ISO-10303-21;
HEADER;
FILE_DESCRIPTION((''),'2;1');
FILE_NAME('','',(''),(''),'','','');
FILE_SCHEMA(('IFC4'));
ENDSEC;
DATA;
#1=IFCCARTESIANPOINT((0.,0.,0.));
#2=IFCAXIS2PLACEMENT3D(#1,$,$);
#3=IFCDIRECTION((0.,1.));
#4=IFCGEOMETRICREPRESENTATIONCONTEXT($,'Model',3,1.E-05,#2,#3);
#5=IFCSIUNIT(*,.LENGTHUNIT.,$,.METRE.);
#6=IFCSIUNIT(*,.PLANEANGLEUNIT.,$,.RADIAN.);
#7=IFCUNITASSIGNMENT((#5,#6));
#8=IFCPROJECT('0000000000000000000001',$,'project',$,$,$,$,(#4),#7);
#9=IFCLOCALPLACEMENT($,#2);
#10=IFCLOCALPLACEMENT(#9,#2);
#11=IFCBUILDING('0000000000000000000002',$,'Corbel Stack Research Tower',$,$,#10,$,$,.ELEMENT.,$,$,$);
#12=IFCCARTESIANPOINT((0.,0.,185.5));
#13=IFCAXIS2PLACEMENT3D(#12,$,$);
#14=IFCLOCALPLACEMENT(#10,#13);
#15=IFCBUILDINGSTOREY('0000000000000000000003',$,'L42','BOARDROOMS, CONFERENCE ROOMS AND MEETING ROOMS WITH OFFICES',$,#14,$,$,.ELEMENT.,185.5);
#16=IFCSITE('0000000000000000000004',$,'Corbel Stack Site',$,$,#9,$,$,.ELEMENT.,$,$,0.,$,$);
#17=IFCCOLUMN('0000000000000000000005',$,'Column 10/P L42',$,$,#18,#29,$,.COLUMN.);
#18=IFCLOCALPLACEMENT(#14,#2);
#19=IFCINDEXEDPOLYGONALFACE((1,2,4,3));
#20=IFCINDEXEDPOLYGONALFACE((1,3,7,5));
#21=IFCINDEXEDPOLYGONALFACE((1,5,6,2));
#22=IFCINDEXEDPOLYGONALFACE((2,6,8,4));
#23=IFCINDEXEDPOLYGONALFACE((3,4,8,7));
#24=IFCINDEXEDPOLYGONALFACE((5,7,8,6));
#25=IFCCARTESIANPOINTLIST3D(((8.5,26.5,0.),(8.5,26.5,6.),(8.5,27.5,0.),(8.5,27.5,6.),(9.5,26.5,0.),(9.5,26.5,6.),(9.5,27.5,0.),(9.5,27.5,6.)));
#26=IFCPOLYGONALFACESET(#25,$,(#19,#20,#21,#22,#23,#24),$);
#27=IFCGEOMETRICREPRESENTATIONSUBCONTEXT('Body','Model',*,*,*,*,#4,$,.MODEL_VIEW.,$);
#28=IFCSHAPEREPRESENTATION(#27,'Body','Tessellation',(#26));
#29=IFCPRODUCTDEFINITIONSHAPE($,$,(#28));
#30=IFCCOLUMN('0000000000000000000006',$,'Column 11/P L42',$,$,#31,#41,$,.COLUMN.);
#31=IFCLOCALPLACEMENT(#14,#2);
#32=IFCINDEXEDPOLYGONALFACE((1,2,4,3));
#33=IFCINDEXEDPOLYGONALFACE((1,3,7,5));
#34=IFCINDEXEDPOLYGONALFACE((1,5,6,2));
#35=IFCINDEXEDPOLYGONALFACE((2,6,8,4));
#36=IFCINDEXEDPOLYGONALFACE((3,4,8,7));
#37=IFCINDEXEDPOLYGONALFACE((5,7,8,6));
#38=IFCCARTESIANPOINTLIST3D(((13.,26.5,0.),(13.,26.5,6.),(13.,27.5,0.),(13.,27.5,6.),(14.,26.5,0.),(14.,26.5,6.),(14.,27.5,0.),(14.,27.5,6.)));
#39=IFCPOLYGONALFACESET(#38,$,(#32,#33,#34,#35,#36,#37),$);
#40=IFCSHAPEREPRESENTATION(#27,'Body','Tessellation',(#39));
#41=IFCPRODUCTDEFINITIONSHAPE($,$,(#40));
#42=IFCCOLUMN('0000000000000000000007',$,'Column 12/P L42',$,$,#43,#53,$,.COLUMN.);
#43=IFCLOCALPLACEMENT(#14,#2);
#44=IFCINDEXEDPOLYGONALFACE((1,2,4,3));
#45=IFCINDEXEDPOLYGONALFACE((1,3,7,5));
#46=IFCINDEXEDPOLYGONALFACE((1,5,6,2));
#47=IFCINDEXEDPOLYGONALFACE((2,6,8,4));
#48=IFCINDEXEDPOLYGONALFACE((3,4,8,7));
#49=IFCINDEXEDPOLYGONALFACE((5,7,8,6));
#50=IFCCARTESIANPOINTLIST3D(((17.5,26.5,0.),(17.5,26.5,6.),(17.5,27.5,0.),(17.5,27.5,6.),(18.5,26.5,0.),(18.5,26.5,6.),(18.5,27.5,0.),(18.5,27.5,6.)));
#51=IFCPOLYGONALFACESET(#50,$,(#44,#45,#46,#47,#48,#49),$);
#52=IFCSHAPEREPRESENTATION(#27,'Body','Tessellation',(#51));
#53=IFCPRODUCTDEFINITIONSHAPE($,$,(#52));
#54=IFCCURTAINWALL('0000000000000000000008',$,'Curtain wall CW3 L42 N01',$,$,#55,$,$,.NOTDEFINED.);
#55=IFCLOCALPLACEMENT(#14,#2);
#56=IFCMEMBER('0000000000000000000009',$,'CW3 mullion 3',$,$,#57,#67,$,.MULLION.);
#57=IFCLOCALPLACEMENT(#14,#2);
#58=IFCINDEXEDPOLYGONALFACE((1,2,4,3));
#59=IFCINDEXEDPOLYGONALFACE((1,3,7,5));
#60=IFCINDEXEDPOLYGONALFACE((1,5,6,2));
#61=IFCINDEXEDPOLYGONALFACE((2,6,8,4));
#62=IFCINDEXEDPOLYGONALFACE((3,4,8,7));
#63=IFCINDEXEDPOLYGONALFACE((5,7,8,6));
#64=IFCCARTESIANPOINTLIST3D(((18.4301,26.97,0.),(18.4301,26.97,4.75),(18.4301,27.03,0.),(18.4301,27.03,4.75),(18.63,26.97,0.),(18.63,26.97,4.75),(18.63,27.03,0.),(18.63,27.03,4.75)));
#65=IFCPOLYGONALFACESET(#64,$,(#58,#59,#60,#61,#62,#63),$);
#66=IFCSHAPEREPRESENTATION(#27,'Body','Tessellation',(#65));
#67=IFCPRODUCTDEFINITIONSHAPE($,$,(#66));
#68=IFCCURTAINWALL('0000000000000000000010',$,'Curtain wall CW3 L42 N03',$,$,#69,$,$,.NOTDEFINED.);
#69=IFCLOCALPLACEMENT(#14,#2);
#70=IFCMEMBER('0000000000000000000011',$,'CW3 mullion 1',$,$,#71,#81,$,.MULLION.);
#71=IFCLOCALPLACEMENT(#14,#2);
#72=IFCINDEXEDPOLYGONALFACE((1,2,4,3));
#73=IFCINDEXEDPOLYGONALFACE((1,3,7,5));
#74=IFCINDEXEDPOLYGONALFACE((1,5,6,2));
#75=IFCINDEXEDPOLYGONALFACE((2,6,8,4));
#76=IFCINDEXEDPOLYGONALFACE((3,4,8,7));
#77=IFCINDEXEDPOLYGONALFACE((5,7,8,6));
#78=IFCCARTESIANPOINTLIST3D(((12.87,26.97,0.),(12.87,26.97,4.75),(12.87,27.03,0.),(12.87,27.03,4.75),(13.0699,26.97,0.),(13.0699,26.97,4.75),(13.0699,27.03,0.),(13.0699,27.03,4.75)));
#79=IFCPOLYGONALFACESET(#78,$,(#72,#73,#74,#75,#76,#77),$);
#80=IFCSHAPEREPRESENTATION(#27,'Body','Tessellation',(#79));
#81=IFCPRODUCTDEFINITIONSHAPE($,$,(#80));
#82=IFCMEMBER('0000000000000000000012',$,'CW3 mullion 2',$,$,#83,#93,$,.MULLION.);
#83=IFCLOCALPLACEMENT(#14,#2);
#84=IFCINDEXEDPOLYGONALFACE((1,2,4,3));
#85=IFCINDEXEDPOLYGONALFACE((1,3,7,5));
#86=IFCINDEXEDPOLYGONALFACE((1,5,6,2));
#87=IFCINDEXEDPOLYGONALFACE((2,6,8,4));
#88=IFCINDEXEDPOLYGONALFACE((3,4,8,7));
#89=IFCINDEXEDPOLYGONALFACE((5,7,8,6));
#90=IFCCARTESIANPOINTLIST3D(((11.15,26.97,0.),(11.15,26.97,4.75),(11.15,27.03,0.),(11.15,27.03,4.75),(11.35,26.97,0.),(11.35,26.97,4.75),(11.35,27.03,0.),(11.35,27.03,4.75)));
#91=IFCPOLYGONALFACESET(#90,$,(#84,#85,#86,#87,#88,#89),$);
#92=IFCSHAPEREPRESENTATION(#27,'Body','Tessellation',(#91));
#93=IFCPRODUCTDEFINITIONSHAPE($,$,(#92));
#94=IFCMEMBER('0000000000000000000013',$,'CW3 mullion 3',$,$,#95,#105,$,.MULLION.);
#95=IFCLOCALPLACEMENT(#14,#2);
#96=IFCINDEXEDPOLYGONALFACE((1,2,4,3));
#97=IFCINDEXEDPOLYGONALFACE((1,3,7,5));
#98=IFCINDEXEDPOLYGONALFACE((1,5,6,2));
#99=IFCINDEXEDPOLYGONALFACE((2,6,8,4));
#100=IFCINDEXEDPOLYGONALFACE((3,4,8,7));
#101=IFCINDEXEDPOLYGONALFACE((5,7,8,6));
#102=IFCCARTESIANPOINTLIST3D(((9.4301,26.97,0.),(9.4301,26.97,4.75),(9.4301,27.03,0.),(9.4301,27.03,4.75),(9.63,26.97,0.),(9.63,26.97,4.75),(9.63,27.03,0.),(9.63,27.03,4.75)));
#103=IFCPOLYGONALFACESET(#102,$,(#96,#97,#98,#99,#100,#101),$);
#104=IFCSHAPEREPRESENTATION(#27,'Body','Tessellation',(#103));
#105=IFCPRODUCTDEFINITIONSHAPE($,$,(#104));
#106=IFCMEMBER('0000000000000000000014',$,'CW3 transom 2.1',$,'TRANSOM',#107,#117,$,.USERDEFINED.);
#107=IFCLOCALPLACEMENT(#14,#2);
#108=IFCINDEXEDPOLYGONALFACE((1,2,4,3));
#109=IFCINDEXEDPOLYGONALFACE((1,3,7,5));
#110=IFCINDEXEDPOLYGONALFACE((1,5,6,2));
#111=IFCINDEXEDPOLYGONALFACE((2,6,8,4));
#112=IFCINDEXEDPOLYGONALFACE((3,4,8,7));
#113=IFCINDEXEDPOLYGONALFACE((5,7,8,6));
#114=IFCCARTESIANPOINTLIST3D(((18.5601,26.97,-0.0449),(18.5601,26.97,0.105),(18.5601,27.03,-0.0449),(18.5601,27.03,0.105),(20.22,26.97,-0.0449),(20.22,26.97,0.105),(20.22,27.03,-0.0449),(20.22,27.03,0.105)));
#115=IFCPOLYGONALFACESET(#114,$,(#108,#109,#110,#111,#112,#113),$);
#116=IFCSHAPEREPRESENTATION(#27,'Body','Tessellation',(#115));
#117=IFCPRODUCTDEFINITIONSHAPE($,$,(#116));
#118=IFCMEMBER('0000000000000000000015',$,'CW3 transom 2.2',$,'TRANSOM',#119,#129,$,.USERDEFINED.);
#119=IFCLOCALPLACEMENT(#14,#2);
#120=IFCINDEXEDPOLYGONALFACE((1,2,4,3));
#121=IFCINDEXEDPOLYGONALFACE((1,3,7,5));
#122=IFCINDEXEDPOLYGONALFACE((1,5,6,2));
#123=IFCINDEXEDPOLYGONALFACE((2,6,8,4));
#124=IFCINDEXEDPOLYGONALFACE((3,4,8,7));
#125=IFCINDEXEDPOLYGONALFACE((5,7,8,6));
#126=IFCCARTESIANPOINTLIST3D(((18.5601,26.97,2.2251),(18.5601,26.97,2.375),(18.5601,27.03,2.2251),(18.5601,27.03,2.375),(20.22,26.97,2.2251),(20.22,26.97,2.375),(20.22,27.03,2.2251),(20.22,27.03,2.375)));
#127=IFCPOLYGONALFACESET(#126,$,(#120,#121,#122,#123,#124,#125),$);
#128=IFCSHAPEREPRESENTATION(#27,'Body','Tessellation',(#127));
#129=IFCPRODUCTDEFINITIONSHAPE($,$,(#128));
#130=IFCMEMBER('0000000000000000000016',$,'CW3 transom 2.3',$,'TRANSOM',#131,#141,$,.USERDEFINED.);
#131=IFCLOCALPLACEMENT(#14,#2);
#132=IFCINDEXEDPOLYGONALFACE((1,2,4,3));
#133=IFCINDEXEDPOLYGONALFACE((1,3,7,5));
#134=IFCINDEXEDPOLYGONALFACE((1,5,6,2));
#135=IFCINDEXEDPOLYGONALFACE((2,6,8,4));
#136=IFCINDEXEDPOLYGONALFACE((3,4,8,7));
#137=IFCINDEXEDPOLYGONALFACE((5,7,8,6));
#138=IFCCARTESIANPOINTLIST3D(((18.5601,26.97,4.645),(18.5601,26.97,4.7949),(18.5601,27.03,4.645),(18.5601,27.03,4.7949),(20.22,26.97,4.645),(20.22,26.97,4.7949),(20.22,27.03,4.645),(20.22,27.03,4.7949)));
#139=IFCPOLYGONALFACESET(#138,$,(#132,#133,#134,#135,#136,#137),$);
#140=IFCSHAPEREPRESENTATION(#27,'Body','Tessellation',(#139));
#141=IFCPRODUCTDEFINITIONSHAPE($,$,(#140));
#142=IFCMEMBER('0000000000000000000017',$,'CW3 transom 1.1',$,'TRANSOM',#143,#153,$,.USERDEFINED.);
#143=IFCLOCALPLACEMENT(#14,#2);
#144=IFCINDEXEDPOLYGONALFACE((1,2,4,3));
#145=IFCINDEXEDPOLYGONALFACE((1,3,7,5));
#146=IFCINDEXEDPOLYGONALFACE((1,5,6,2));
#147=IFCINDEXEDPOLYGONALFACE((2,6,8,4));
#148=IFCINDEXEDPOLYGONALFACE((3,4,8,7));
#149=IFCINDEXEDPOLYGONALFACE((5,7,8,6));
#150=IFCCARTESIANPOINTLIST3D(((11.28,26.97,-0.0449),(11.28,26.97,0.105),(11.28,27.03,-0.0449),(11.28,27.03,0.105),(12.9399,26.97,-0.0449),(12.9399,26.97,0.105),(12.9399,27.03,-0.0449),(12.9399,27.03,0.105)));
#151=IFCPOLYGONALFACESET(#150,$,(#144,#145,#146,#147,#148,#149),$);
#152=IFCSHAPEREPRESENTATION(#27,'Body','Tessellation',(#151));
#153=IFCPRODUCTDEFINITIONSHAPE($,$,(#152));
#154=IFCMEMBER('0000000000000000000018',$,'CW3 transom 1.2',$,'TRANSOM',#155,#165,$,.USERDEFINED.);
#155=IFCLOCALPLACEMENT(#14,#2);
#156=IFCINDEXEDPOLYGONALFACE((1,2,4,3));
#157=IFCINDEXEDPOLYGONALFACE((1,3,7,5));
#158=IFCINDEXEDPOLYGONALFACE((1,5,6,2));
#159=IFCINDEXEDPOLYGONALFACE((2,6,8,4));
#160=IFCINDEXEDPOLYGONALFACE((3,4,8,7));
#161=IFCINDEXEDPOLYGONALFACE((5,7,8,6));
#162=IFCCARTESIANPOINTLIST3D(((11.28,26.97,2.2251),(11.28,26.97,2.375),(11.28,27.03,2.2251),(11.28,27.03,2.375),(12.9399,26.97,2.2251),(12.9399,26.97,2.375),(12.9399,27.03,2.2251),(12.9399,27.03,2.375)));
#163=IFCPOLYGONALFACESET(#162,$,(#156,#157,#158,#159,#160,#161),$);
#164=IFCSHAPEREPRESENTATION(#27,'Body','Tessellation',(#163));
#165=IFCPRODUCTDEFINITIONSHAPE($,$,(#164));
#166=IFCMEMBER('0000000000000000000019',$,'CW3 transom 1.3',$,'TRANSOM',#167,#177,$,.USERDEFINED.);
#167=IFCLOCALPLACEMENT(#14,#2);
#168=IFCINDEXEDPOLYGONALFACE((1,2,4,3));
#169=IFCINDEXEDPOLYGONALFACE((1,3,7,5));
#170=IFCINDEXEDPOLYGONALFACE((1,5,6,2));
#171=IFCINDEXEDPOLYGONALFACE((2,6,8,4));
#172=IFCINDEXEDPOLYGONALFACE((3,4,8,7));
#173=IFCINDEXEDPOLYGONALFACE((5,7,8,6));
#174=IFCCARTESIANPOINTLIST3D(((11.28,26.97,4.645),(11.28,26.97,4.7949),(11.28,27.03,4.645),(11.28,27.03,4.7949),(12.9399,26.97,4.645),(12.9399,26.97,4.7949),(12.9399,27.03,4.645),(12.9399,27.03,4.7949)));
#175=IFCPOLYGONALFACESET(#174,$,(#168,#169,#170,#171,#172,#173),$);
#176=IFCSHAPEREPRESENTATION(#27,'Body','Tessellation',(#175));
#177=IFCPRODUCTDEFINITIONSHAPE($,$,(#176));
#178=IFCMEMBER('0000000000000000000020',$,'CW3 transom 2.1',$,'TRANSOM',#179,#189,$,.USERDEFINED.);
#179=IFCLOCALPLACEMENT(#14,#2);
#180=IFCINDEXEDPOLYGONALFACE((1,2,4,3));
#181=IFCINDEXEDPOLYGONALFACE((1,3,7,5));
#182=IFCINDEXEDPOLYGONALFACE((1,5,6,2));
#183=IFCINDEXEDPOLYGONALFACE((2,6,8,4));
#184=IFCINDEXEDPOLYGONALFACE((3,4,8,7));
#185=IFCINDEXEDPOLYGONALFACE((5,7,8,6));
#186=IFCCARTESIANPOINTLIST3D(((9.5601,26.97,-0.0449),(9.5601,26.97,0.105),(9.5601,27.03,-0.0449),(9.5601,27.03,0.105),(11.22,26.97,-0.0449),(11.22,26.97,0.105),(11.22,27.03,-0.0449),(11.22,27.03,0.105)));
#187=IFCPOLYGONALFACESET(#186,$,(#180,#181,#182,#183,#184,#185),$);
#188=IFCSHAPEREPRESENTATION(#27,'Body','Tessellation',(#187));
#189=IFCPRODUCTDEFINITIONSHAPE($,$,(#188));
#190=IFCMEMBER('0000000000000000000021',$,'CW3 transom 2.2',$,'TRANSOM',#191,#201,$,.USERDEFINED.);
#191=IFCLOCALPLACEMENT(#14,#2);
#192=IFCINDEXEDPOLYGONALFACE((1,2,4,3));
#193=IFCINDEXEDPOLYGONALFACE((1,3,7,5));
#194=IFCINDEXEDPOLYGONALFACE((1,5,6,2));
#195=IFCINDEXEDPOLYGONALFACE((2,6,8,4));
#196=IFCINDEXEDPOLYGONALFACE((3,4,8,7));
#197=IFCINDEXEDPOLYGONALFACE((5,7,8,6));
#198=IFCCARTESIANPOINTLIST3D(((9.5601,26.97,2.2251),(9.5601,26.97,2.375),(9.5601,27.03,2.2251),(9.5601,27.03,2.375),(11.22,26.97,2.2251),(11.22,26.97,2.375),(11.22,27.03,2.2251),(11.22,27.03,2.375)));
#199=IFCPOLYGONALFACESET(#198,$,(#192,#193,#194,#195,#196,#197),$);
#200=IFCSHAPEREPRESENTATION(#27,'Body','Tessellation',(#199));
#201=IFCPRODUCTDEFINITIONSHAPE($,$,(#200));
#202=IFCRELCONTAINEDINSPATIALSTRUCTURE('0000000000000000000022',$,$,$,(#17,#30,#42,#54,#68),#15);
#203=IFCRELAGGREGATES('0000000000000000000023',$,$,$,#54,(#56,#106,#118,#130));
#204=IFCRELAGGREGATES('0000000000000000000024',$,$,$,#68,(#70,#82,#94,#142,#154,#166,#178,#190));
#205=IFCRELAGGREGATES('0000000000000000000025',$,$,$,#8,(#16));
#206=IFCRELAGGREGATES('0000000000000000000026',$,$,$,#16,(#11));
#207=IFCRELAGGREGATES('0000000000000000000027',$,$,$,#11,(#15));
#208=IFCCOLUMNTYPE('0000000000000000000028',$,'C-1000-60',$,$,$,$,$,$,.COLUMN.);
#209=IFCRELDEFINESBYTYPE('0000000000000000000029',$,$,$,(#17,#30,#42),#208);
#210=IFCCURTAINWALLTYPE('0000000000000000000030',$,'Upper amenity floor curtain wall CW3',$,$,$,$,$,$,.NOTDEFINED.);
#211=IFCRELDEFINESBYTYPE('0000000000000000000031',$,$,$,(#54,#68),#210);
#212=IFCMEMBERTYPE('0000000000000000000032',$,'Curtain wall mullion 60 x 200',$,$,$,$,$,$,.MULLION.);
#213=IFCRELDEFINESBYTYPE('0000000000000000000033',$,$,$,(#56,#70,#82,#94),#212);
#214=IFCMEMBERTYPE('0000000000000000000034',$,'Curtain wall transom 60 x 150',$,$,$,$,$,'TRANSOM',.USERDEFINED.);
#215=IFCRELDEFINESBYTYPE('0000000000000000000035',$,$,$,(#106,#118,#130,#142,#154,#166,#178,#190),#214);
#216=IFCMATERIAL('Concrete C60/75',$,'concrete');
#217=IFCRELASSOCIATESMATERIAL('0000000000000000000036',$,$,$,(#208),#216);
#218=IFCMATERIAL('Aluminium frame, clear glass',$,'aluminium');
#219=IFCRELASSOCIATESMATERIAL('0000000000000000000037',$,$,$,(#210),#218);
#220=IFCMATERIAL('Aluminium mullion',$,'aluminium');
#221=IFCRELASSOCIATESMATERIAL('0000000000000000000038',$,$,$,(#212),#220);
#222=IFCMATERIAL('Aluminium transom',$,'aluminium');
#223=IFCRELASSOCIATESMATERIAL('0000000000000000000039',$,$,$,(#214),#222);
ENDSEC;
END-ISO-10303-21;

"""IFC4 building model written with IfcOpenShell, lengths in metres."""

from ifc_helpers import new_model, si_unit, direction, frame, origin, origin_2d, place, context, subcontext, project, spatial, rectangle, extrude, material, material_profile, profile_set, type_object, element, aggregate, save


model = new_model("IFC4")

# Units and contexts
model_context = context("Model", 3, precision=1e-05, world=origin(), true_north=direction((0.0, 1.0)))
body_context = subcontext(model_context, "Body", "Model", "MODEL_VIEW")
ifc_project = project(units=[si_unit("LENGTHUNIT", "METRE"), si_unit("PLANEANGLEUNIT", "RADIAN")], contexts=[model_context])

# Site, building, storey
site_placement = place(None, origin())
site = spatial("IfcSite", under=ifc_project, at=site_placement, Name="Corbel Stack Site", CompositionType="ELEMENT", RefElevation=0.0)
building_placement = place(site_placement, origin())
building = spatial("IfcBuilding", under=site, at=building_placement, Name="Corbel Stack Research Tower", CompositionType="ELEMENT")
storey_placement = place(building_placement, frame((0.0, 0.0, 185.5)))
storey = spatial("IfcBuildingStorey", under=building, at=storey_placement, Name="L42", Description="BOARDROOMS, CONFERENCE ROOMS AND MEETING ROOMS WITH OFFICES", CompositionType="ELEMENT", Elevation=185.5)

# Columns
ifc_material_1 = material(Name="Concrete C60/75", Category="concrete")
ifc_material_profile_1 = material_profile(ifc_material_1, rectangle(XDim=1.0, YDim=1.0, at=origin_2d()), Name="RC 1000 x 1000")
ifc_profile_set_1 = profile_set([ifc_material_profile_1], Name="Concrete C60/75")
column_type = type_object("IfcColumnType", Name="C-1000-60", PredefinedType="COLUMN", material=ifc_profile_set_1)
for number, where, z_axis, x_axis, name in (
    (1, (9.0, 27.0, 0.0), (0.0, 0.0, 1.0), (1.0, 0.0, 0.0), "Column 10/P L42"),
    (2, (13.5, 27.0, 0.0), (0.0, 0.0, 1.0), (1.0, 0.0, 0.0), "Column 11/P L42"),
    (3, (18.0, 27.0, 0.0), (0.0, 0.0, 1.0), (1.0, 0.0, 0.0), "Column 12/P L42"),
):
    element("IfcColumn", number, at=place(storey_placement, frame(where, z_axis=z_axis, x_axis=x_axis)), inside=storey, type_object=column_type, Name=name, PredefinedType="COLUMN", context=body_context, shape_type="SweptSolid", body=[
        extrude(rectangle(XDim=1.0, YDim=1.0, at=origin_2d()), origin(), (0.0, 0.0, 1.0), 6.0),
    ])

# Curtain wall, member
ifc_material_2 = material(Name="Aluminium frame, clear glass", Category="aluminium")
curtain_wall_type = type_object("IfcCurtainWallType", Name="Upper amenity floor curtain wall CW3", PredefinedType="NOTDEFINED", material=ifc_material_2)
curtain_wall_1_placement = place(storey_placement, origin())
curtain_wall_1 = element("IfcCurtainWall", 4, at=curtain_wall_1_placement, inside=storey, type_object=curtain_wall_type, Name="Curtain wall CW3 L42 N01", PredefinedType="NOTDEFINED")
ifc_material_3 = material(Name="Aluminium mullion", Category="aluminium")
ifc_material_profile_2 = material_profile(ifc_material_3, rectangle(XDim=0.0601, YDim=0.2, at=origin_2d()), Name="Mullion 60 x 200")
ifc_profile_set_2 = profile_set([ifc_material_profile_2], Name="Aluminium mullion")
member_type_1 = type_object("IfcMemberType", Name="Curtain wall mullion 60 x 200", PredefinedType="MULLION", material=ifc_profile_set_2)
member_1_placement = place(storey_placement, frame((18.53, 27.0, 0.0), z_axis=(0.0, 0.0, 1.0), x_axis=(0.0, -1.0, 0.0)))
member_1 = element("IfcMember", 5, at=member_1_placement, type_object=member_type_1, Name="CW3 mullion 3", PredefinedType="MULLION", context=body_context, shape_type="SweptSolid", body=[
    extrude(rectangle(XDim=0.0601, YDim=0.2, at=origin_2d()), origin(), (0.0, 0.0, 1.0), 4.75),
])

# Curtain wall, members
curtain_wall_2_placement = place(storey_placement, origin())
curtain_wall_2 = element("IfcCurtainWall", 6, at=curtain_wall_2_placement, inside=storey, type_object=curtain_wall_type, Name="Curtain wall CW3 L42 N03", PredefinedType="NOTDEFINED")
member_2_placement = place(storey_placement, frame((12.97, 27.0, 0.0), z_axis=(0.0, 0.0, 1.0), x_axis=(0.0, -1.0, 0.0)))
member_2 = element("IfcMember", 7, at=member_2_placement, type_object=member_type_1, Name="CW3 mullion 1", PredefinedType="MULLION", context=body_context, shape_type="SweptSolid", body=[
    extrude(rectangle(XDim=0.0601, YDim=0.2, at=origin_2d()), origin(), (0.0, 0.0, 1.0), 4.75),
])
member_3_placement = place(storey_placement, frame((11.25, 27.0, 0.0), z_axis=(0.0, 0.0, 1.0), x_axis=(0.0, -1.0, 0.0)))
member_3 = element("IfcMember", 8, at=member_3_placement, type_object=member_type_1, Name="CW3 mullion 2", PredefinedType="MULLION", context=body_context, shape_type="SweptSolid", body=[
    extrude(rectangle(XDim=0.0601, YDim=0.2, at=origin_2d()), origin(), (0.0, 0.0, 1.0), 4.75),
])
member_4_placement = place(storey_placement, frame((9.53, 27.0, 0.0), z_axis=(0.0, 0.0, 1.0), x_axis=(0.0, -1.0, 0.0)))
member_4 = element("IfcMember", 9, at=member_4_placement, type_object=member_type_1, Name="CW3 mullion 3", PredefinedType="MULLION", context=body_context, shape_type="SweptSolid", body=[
    extrude(rectangle(XDim=0.0601, YDim=0.2, at=origin_2d()), origin(), (0.0, 0.0, 1.0), 4.75),
])

# Members
ifc_material_4 = material(Name="Aluminium transom", Category="aluminium")
ifc_material_profile_3 = material_profile(ifc_material_4, rectangle(XDim=0.0601, YDim=0.1499, at=origin_2d()), Name="Transom 60 x 150")
ifc_profile_set_3 = profile_set([ifc_material_profile_3], Name="Aluminium transom")
member_type_2 = type_object("IfcMemberType", Name="Curtain wall transom 60 x 150", ElementType="TRANSOM", PredefinedType="USERDEFINED", material=ifc_profile_set_3)
member_5_placement = place(storey_placement, frame((20.22, 27.0, 0.03), z_axis=(-1.0, 0.0, 0.0), x_axis=(0.0, -1.0, 0.0)))
member_5 = element("IfcMember", 10, at=member_5_placement, type_object=member_type_2, Name="CW3 transom 2.1", ObjectType="TRANSOM", PredefinedType="USERDEFINED", context=body_context, shape_type="SweptSolid", body=[
    extrude(rectangle(XDim=0.0601, YDim=0.1499, at=origin_2d()), origin(), (0.0, 0.0, 1.0), 1.6599),
])
member_6_placement = place(storey_placement, frame((20.22, 27.0, 2.3), z_axis=(-1.0, 0.0, 0.0), x_axis=(0.0, -1.0, 0.0)))
member_6 = element("IfcMember", 11, at=member_6_placement, type_object=member_type_2, Name="CW3 transom 2.2", ObjectType="TRANSOM", PredefinedType="USERDEFINED", context=body_context, shape_type="SweptSolid", body=[
    extrude(rectangle(XDim=0.0601, YDim=0.1499, at=origin_2d()), origin(), (0.0, 0.0, 1.0), 1.6599),
])
member_7_placement = place(storey_placement, frame((20.22, 27.0, 4.72), z_axis=(-1.0, 0.0, 0.0), x_axis=(0.0, -1.0, 0.0)))
member_7 = element("IfcMember", 12, at=member_7_placement, type_object=member_type_2, Name="CW3 transom 2.3", ObjectType="TRANSOM", PredefinedType="USERDEFINED", context=body_context, shape_type="SweptSolid", body=[
    extrude(rectangle(XDim=0.0601, YDim=0.1499, at=origin_2d()), origin(), (0.0, 0.0, 1.0), 1.6599),
])
member_8_placement = place(storey_placement, frame((12.9399, 27.0, 0.03), z_axis=(-1.0, 0.0, 0.0), x_axis=(0.0, -1.0, 0.0)))
member_8 = element("IfcMember", 13, at=member_8_placement, type_object=member_type_2, Name="CW3 transom 1.1", ObjectType="TRANSOM", PredefinedType="USERDEFINED", context=body_context, shape_type="SweptSolid", body=[
    extrude(rectangle(XDim=0.0601, YDim=0.1499, at=origin_2d()), origin(), (0.0, 0.0, 1.0), 1.6599),
])
member_9_placement = place(storey_placement, frame((12.9399, 27.0, 2.3), z_axis=(-1.0, 0.0, 0.0), x_axis=(0.0, -1.0, 0.0)))
member_9 = element("IfcMember", 14, at=member_9_placement, type_object=member_type_2, Name="CW3 transom 1.2", ObjectType="TRANSOM", PredefinedType="USERDEFINED", context=body_context, shape_type="SweptSolid", body=[
    extrude(rectangle(XDim=0.0601, YDim=0.1499, at=origin_2d()), origin(), (0.0, 0.0, 1.0), 1.6599),
])
member_10_placement = place(storey_placement, frame((12.9399, 27.0, 4.72), z_axis=(-1.0, 0.0, 0.0), x_axis=(0.0, -1.0, 0.0)))
member_10 = element("IfcMember", 15, at=member_10_placement, type_object=member_type_2, Name="CW3 transom 1.3", ObjectType="TRANSOM", PredefinedType="USERDEFINED", context=body_context, shape_type="SweptSolid", body=[
    extrude(rectangle(XDim=0.0601, YDim=0.1499, at=origin_2d()), origin(), (0.0, 0.0, 1.0), 1.6599),
])
member_11_placement = place(storey_placement, frame((11.22, 27.0, 0.03), z_axis=(-1.0, 0.0, 0.0), x_axis=(0.0, -1.0, 0.0)))
member_11 = element("IfcMember", 16, at=member_11_placement, type_object=member_type_2, Name="CW3 transom 2.1", ObjectType="TRANSOM", PredefinedType="USERDEFINED", context=body_context, shape_type="SweptSolid", body=[
    extrude(rectangle(XDim=0.0601, YDim=0.1499, at=origin_2d()), origin(), (0.0, 0.0, 1.0), 1.6599),
])
member_12_placement = place(storey_placement, frame((11.22, 27.0, 2.3), z_axis=(-1.0, 0.0, 0.0), x_axis=(0.0, -1.0, 0.0)))
member_12 = element("IfcMember", 17, at=member_12_placement, type_object=member_type_2, Name="CW3 transom 2.2", ObjectType="TRANSOM", PredefinedType="USERDEFINED", context=body_context, shape_type="SweptSolid", body=[
    extrude(rectangle(XDim=0.0601, YDim=0.1499, at=origin_2d()), origin(), (0.0, 0.0, 1.0), 1.6599),
])

aggregate(curtain_wall_1, [member_1, member_5, member_6, member_7])
aggregate(curtain_wall_2, [member_2, member_3, member_4, member_8, member_9, member_10, member_11, member_12])

save(model, "model.ifc")
